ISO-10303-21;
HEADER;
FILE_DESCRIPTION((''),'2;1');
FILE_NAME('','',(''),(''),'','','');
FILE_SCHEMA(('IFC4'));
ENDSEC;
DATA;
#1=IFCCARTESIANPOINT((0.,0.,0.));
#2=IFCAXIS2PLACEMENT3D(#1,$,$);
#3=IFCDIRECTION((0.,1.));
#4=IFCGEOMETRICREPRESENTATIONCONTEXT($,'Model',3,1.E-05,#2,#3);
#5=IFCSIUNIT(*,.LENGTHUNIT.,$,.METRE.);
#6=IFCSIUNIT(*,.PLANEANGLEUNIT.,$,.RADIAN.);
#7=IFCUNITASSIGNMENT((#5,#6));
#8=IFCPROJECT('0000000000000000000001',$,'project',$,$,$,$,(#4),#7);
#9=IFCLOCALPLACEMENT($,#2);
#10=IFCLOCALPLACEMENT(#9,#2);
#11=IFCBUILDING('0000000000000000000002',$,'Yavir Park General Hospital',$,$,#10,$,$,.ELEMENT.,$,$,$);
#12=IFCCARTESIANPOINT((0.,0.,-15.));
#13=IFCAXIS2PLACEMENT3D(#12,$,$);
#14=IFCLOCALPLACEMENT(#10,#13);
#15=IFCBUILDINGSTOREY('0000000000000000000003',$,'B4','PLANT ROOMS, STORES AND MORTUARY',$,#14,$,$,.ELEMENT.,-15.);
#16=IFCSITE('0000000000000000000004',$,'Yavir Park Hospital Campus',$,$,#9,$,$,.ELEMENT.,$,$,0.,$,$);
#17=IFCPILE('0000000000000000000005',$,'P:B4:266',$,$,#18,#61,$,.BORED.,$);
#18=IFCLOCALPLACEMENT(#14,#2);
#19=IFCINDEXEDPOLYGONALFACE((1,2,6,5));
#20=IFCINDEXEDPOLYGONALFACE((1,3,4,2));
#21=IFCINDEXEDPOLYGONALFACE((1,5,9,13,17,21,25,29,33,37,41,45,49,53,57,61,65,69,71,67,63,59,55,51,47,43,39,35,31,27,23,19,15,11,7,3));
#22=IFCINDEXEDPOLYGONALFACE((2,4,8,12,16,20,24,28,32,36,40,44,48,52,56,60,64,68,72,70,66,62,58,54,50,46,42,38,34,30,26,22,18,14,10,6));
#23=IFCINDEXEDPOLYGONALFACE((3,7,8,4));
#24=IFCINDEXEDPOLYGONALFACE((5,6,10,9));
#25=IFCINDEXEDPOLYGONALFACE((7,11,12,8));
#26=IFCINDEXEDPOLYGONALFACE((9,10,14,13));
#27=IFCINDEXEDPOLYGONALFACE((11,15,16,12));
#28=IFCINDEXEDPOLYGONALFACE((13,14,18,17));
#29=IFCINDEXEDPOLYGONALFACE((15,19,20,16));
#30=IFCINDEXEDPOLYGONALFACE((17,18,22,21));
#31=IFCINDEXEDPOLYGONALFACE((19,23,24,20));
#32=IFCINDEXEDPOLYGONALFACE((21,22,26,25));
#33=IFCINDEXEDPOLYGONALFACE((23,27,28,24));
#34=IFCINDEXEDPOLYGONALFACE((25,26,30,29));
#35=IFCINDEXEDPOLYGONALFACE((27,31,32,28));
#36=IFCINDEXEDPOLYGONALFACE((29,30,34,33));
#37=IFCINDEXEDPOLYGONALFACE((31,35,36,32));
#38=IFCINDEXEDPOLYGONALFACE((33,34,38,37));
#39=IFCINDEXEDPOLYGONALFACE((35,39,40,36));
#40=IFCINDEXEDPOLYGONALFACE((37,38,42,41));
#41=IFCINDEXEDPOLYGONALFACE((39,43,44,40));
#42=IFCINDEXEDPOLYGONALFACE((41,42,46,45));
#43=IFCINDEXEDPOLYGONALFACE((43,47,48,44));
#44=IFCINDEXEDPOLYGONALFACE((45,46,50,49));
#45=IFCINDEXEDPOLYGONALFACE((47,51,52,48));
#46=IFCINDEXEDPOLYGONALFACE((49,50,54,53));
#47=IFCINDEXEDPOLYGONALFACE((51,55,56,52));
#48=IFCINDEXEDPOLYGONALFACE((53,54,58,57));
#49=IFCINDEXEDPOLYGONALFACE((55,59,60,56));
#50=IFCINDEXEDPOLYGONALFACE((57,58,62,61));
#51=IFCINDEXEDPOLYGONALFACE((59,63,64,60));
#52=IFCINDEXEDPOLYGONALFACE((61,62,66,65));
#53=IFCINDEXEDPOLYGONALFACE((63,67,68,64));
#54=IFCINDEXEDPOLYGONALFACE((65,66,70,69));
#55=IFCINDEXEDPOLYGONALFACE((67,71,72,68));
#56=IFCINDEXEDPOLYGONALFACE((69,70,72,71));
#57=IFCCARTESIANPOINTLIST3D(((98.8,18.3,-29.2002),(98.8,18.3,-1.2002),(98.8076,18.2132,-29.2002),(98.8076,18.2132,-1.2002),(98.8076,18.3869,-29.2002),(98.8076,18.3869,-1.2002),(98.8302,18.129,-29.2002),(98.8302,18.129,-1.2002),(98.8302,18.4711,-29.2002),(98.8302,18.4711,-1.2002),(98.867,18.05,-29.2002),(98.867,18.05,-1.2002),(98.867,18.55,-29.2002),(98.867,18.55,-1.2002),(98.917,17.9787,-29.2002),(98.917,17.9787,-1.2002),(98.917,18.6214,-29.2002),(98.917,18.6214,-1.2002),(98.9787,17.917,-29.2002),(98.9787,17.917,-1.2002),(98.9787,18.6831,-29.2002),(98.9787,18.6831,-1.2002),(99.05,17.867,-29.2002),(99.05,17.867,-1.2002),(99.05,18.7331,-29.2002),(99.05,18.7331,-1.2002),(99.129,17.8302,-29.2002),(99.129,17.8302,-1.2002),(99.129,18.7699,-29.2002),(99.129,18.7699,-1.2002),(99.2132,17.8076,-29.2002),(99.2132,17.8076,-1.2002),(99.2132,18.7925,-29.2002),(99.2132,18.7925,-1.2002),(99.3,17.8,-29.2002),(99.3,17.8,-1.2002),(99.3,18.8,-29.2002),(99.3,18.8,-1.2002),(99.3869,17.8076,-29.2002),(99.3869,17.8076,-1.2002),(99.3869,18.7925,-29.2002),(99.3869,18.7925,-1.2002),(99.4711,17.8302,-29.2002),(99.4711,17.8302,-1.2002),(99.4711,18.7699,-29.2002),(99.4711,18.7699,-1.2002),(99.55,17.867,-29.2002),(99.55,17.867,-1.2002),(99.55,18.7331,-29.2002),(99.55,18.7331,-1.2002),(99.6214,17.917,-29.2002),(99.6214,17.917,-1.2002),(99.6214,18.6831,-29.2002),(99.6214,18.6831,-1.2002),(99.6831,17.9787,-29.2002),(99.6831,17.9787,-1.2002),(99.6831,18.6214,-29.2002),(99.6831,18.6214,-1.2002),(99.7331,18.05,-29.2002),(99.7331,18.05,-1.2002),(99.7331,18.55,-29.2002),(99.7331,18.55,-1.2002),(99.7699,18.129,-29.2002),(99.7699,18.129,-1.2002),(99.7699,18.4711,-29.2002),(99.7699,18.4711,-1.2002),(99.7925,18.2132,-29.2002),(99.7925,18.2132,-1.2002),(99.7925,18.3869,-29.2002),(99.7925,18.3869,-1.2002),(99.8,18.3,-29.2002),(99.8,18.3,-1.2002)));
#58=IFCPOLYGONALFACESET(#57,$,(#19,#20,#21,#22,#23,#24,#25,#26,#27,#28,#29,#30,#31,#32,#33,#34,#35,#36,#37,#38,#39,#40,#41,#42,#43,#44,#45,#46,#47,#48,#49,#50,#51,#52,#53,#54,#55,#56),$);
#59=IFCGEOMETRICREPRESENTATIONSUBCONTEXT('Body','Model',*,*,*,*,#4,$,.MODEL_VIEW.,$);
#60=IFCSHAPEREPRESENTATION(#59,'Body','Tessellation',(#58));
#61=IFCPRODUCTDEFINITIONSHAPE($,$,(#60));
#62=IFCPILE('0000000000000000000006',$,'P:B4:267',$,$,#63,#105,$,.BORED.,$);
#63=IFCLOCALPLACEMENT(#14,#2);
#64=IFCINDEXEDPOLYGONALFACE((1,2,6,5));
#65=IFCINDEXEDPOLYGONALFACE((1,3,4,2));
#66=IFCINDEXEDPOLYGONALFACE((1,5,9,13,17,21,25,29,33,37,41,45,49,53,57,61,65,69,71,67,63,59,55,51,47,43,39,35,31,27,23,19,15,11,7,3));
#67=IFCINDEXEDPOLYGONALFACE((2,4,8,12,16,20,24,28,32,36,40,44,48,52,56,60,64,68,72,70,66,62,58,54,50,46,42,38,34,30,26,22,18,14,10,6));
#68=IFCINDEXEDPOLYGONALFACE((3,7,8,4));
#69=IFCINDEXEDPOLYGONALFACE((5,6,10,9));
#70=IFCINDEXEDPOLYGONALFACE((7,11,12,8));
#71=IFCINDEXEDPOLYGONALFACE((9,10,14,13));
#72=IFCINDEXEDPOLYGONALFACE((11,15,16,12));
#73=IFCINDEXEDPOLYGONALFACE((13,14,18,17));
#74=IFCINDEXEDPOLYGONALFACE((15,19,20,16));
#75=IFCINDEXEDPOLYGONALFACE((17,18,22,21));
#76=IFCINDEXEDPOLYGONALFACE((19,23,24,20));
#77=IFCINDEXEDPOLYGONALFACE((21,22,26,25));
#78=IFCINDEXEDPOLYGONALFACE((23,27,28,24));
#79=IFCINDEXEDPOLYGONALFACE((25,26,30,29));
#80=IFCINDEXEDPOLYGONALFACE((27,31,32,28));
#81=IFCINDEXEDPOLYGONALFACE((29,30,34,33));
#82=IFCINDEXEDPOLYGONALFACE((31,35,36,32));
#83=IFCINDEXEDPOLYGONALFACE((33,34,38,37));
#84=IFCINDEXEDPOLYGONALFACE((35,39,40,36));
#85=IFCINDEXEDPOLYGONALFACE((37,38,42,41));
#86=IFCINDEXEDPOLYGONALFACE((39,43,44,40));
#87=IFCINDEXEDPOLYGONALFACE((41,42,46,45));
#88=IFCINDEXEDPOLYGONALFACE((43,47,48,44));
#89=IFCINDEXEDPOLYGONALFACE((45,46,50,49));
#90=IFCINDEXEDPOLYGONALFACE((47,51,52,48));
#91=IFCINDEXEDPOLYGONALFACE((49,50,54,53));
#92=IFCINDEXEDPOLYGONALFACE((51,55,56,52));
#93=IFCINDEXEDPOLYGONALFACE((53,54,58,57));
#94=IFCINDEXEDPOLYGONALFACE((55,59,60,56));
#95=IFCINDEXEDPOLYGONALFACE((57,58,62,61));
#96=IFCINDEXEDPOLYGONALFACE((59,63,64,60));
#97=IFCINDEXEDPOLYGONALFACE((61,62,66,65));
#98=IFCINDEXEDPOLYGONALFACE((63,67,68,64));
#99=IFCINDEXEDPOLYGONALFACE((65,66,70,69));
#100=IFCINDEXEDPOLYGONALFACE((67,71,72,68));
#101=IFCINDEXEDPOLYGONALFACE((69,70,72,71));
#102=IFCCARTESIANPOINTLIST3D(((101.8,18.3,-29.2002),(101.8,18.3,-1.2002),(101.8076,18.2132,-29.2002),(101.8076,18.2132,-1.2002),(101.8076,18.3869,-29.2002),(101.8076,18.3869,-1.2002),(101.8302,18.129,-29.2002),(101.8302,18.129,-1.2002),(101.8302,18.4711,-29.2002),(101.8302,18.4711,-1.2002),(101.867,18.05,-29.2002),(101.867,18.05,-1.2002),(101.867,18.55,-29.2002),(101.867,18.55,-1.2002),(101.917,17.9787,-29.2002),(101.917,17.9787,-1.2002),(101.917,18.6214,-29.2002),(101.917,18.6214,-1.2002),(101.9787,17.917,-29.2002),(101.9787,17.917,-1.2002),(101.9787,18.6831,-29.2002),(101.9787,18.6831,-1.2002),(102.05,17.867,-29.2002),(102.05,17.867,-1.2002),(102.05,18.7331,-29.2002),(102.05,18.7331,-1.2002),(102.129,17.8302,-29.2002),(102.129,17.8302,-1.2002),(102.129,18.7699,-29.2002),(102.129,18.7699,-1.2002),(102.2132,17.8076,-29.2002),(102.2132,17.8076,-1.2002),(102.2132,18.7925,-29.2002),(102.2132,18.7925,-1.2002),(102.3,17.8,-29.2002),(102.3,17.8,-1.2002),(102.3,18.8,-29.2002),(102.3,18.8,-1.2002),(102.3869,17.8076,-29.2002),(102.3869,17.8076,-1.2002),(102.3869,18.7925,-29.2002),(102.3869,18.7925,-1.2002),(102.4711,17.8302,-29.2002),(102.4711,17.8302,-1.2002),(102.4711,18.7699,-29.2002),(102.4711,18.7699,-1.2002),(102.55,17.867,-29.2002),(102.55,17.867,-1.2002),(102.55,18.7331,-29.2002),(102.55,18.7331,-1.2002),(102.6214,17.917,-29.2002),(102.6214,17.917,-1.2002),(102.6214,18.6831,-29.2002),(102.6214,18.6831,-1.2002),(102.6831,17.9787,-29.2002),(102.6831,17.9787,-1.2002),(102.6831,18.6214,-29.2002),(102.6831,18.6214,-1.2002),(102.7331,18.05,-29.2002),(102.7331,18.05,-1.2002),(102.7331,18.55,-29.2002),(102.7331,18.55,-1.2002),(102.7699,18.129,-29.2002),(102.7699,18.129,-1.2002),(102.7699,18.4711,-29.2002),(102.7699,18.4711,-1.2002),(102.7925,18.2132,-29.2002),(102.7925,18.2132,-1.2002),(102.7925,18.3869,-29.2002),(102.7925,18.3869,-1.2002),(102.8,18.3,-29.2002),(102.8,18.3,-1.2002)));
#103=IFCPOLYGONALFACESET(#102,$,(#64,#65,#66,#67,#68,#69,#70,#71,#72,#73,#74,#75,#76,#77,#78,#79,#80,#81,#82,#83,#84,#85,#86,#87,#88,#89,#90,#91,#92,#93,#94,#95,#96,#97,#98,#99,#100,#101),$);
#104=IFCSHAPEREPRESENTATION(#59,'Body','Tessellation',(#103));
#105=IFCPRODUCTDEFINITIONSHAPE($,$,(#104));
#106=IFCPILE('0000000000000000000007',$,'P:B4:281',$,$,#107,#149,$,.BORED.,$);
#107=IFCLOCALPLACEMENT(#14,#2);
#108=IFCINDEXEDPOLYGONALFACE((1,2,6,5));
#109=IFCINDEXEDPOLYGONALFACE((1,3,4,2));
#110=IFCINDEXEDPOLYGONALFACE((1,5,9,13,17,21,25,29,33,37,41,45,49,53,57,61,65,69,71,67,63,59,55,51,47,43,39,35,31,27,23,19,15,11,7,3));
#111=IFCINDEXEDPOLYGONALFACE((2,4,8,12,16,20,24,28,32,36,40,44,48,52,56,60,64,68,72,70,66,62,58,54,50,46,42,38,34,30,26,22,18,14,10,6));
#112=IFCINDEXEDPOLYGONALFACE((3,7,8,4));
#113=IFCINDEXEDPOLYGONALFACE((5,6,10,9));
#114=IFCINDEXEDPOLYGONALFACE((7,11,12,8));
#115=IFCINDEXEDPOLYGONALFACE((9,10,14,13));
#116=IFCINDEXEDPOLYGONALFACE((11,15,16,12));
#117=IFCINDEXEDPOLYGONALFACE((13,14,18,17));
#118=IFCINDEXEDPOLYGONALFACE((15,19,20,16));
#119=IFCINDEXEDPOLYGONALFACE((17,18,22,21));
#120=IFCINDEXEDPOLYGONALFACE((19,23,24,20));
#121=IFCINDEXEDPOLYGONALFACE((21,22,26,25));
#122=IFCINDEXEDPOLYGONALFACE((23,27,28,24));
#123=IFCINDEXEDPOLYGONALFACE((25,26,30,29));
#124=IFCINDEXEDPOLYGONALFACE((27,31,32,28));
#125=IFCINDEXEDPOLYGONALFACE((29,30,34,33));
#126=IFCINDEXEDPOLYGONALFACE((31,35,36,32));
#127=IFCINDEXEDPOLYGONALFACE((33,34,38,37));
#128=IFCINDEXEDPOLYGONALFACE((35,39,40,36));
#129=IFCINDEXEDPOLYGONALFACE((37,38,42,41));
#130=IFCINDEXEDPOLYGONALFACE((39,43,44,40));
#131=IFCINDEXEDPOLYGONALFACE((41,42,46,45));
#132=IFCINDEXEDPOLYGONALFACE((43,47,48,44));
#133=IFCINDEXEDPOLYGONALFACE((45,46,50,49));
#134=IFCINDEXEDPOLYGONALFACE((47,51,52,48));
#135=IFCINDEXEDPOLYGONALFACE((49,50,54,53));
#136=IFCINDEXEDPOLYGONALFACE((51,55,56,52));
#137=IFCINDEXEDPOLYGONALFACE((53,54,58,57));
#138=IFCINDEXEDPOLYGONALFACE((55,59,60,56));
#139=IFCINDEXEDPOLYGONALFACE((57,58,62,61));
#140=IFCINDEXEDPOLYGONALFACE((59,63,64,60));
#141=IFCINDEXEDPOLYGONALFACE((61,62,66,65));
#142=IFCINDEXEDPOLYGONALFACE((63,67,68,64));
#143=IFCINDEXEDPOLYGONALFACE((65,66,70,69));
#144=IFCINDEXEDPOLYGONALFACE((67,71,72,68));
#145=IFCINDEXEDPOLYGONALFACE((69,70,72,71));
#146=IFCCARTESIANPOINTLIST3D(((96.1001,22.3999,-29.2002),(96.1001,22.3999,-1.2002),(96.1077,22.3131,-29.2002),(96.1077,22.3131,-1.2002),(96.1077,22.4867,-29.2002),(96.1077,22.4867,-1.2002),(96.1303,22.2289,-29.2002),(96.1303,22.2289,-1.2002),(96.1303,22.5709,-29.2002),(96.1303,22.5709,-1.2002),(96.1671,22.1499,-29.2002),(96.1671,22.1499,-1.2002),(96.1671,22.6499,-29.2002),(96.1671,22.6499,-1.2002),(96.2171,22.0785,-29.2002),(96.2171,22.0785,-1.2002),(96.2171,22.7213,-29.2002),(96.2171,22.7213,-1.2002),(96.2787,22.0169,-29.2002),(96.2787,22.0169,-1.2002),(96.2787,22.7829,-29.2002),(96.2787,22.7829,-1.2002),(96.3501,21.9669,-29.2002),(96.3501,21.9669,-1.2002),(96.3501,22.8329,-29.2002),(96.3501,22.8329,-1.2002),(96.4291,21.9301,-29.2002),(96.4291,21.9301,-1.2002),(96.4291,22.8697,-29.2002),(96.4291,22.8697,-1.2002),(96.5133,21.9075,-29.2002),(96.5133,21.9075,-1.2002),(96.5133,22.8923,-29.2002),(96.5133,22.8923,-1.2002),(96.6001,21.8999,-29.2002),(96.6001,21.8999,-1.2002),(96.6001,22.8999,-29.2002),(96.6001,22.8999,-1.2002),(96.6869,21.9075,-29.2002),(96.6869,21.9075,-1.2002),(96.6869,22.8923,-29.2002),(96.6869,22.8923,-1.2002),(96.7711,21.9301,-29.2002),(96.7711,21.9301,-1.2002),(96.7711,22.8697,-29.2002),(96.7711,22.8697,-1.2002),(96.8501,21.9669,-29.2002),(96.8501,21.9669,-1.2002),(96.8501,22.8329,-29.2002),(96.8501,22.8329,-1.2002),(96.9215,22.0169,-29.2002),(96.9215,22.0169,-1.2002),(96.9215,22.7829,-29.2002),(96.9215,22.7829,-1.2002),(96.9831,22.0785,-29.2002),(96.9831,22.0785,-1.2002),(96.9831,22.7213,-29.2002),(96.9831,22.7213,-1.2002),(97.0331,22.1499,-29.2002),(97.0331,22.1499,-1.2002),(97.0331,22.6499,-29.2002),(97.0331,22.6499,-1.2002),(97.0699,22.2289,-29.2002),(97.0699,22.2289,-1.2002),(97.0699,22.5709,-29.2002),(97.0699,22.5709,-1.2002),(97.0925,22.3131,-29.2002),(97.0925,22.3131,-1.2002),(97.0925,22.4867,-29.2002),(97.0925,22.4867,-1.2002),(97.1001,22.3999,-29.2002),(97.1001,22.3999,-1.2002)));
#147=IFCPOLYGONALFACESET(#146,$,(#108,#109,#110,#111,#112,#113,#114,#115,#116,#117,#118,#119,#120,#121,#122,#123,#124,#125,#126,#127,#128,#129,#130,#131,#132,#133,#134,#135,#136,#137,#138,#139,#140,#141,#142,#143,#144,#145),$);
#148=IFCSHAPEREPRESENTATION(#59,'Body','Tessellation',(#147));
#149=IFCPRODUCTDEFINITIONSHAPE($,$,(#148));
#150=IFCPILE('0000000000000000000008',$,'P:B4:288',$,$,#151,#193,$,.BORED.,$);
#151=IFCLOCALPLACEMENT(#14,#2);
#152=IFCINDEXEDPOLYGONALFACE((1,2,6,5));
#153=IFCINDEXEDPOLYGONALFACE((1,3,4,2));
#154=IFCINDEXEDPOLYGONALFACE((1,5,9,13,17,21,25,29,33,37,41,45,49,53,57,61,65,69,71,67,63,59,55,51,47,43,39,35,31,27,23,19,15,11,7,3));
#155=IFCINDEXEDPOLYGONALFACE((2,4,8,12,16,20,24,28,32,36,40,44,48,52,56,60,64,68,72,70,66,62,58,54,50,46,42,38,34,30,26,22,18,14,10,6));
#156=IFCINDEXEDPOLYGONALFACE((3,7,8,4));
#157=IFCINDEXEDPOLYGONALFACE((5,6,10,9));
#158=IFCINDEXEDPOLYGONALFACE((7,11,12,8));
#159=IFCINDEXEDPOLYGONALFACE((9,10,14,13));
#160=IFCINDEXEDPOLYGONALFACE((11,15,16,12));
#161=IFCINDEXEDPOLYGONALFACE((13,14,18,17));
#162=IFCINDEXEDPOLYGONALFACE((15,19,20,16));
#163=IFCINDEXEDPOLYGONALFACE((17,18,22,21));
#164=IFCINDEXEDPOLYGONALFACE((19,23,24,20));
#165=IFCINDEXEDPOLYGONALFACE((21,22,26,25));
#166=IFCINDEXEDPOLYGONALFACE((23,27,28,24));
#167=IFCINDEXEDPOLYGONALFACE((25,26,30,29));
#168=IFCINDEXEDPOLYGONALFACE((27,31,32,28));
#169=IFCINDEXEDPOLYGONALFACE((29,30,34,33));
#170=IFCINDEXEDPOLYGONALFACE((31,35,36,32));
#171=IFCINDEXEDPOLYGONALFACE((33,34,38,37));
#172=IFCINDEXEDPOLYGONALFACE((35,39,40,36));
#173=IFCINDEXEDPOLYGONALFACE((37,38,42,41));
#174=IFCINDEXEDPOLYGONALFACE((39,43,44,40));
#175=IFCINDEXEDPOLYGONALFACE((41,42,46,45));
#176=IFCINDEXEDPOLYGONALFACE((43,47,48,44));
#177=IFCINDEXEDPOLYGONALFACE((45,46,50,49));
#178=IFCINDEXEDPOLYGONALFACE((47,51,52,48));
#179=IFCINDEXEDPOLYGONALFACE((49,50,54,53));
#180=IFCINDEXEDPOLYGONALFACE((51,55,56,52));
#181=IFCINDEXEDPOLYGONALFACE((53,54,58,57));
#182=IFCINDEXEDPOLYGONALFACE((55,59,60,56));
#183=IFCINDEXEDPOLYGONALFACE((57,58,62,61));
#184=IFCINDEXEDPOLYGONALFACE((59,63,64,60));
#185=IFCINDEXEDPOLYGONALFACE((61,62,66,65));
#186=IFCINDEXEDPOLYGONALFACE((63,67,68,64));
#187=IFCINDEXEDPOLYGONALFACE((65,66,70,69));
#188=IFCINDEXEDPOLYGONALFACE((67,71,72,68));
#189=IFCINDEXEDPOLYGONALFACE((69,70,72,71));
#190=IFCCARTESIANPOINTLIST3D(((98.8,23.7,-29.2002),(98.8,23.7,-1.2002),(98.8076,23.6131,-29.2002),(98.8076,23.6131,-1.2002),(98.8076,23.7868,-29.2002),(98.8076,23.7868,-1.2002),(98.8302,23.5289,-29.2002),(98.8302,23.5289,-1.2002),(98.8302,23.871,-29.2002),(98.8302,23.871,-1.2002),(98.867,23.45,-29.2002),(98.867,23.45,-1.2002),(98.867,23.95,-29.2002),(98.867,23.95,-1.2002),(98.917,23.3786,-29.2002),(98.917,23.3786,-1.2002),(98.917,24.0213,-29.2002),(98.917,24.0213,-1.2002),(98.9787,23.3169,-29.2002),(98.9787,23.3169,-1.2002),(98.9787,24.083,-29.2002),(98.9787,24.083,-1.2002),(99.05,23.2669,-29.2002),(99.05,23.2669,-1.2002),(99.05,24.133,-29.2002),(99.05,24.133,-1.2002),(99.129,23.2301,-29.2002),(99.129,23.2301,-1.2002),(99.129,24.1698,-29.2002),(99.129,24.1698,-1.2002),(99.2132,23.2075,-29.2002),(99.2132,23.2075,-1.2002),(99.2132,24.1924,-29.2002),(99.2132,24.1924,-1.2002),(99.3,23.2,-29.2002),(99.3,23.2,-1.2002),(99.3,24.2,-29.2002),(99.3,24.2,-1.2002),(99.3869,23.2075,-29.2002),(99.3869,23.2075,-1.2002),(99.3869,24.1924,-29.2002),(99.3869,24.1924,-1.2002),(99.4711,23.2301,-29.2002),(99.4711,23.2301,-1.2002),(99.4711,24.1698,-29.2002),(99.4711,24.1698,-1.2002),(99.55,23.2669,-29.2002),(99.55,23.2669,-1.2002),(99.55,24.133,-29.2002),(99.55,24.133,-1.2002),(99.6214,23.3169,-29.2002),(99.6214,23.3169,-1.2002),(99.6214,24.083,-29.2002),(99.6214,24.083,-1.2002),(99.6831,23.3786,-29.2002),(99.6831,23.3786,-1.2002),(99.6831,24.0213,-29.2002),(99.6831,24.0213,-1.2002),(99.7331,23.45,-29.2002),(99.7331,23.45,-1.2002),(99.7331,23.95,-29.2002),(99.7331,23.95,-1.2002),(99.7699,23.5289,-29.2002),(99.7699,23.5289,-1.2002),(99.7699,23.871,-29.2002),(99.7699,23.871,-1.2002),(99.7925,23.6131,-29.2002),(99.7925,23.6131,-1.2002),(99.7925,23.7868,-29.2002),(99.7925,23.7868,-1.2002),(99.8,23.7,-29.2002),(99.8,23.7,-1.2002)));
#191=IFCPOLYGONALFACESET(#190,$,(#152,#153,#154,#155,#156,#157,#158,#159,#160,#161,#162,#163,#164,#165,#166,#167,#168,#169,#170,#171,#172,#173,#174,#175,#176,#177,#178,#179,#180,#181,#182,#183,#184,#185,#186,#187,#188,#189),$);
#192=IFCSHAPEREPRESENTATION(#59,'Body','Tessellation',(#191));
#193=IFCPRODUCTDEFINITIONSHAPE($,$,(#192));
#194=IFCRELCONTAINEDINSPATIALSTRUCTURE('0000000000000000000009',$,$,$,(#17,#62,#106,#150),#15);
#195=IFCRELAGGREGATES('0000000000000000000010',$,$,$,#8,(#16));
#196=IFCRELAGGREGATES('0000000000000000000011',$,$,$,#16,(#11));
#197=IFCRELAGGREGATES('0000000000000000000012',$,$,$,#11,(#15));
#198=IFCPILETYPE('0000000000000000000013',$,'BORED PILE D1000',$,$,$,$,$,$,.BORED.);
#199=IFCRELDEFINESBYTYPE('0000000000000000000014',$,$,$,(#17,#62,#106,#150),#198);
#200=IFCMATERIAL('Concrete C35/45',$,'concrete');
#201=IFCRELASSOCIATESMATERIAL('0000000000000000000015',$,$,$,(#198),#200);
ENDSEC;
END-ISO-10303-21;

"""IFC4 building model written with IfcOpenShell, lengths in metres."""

from ifc_helpers import new_model, si_unit, direction, frame, origin, origin_2d, place, context, subcontext, project, spatial, circle, extrude, material, material_profile, profile_set, type_object, element, save


model = new_model("IFC4")

# Units and contexts
model_context = context("Model", 3, precision=1e-05, world=origin(), true_north=direction((0.0, 1.0)))
body_context = subcontext(model_context, "Body", "Model", "MODEL_VIEW")
ifc_project = project(units=[si_unit("LENGTHUNIT", "METRE"), si_unit("PLANEANGLEUNIT", "RADIAN")], contexts=[model_context])

# Site, building, storey
site_placement = place(None, origin())
site = spatial("IfcSite", under=ifc_project, at=site_placement, Name="Yavir Park Hospital Campus", CompositionType="ELEMENT", RefElevation=0.0)
building_placement = place(site_placement, origin())
building = spatial("IfcBuilding", under=site, at=building_placement, Name="Yavir Park General Hospital", CompositionType="ELEMENT")
storey_placement = place(building_placement, frame((0.0, 0.0, -15.0)))
storey = spatial("IfcBuildingStorey", under=building, at=storey_placement, Name="B4", Description="PLANT ROOMS, STORES AND MORTUARY", CompositionType="ELEMENT", Elevation=-15.0)

# Piles
ifc_material_1 = material(Name="Concrete C35/45", Category="concrete")
ifc_material_profile_1 = material_profile(ifc_material_1, circle(Radius=0.5, at=origin_2d()), Name="D1000")
ifc_profile_set_1 = profile_set([ifc_material_profile_1], Name="Concrete C35/45")
pile_type_1 = type_object("IfcPileType", Name="BORED PILE D1000", PredefinedType="BORED", material=ifc_profile_set_1)
for number, where, z_axis, x_axis, name in (
    (1, (99.3, 18.3, -1.2002), (0.0, 0.0, -1.0), (1.0, 0.0, 0.0), "P:B4:266"),
    (2, (102.3, 18.3, -1.2002), (0.0, 0.0, -1.0), (1.0, 0.0, 0.0), "P:B4:267"),
    (3, (96.6001, 22.3999, -1.2002), (0.0, 0.0, -1.0), (1.0, 0.0, 0.0), "P:B4:281"),
    (4, (99.3, 23.7, -1.2002), (0.0, 0.0, -1.0), (1.0, 0.0, 0.0), "P:B4:288"),
):
    element("IfcPile", number, at=place(storey_placement, frame(where, z_axis=z_axis, x_axis=x_axis)), inside=storey, type_object=pile_type_1, Name=name, PredefinedType="BORED", context=body_context, shape_type="SweptSolid", body=[
        extrude(circle(Radius=0.5, at=origin_2d()), origin(), (0.0, 0.0, 1.0), 28.0),
    ])

save(model, "model.ifc")
